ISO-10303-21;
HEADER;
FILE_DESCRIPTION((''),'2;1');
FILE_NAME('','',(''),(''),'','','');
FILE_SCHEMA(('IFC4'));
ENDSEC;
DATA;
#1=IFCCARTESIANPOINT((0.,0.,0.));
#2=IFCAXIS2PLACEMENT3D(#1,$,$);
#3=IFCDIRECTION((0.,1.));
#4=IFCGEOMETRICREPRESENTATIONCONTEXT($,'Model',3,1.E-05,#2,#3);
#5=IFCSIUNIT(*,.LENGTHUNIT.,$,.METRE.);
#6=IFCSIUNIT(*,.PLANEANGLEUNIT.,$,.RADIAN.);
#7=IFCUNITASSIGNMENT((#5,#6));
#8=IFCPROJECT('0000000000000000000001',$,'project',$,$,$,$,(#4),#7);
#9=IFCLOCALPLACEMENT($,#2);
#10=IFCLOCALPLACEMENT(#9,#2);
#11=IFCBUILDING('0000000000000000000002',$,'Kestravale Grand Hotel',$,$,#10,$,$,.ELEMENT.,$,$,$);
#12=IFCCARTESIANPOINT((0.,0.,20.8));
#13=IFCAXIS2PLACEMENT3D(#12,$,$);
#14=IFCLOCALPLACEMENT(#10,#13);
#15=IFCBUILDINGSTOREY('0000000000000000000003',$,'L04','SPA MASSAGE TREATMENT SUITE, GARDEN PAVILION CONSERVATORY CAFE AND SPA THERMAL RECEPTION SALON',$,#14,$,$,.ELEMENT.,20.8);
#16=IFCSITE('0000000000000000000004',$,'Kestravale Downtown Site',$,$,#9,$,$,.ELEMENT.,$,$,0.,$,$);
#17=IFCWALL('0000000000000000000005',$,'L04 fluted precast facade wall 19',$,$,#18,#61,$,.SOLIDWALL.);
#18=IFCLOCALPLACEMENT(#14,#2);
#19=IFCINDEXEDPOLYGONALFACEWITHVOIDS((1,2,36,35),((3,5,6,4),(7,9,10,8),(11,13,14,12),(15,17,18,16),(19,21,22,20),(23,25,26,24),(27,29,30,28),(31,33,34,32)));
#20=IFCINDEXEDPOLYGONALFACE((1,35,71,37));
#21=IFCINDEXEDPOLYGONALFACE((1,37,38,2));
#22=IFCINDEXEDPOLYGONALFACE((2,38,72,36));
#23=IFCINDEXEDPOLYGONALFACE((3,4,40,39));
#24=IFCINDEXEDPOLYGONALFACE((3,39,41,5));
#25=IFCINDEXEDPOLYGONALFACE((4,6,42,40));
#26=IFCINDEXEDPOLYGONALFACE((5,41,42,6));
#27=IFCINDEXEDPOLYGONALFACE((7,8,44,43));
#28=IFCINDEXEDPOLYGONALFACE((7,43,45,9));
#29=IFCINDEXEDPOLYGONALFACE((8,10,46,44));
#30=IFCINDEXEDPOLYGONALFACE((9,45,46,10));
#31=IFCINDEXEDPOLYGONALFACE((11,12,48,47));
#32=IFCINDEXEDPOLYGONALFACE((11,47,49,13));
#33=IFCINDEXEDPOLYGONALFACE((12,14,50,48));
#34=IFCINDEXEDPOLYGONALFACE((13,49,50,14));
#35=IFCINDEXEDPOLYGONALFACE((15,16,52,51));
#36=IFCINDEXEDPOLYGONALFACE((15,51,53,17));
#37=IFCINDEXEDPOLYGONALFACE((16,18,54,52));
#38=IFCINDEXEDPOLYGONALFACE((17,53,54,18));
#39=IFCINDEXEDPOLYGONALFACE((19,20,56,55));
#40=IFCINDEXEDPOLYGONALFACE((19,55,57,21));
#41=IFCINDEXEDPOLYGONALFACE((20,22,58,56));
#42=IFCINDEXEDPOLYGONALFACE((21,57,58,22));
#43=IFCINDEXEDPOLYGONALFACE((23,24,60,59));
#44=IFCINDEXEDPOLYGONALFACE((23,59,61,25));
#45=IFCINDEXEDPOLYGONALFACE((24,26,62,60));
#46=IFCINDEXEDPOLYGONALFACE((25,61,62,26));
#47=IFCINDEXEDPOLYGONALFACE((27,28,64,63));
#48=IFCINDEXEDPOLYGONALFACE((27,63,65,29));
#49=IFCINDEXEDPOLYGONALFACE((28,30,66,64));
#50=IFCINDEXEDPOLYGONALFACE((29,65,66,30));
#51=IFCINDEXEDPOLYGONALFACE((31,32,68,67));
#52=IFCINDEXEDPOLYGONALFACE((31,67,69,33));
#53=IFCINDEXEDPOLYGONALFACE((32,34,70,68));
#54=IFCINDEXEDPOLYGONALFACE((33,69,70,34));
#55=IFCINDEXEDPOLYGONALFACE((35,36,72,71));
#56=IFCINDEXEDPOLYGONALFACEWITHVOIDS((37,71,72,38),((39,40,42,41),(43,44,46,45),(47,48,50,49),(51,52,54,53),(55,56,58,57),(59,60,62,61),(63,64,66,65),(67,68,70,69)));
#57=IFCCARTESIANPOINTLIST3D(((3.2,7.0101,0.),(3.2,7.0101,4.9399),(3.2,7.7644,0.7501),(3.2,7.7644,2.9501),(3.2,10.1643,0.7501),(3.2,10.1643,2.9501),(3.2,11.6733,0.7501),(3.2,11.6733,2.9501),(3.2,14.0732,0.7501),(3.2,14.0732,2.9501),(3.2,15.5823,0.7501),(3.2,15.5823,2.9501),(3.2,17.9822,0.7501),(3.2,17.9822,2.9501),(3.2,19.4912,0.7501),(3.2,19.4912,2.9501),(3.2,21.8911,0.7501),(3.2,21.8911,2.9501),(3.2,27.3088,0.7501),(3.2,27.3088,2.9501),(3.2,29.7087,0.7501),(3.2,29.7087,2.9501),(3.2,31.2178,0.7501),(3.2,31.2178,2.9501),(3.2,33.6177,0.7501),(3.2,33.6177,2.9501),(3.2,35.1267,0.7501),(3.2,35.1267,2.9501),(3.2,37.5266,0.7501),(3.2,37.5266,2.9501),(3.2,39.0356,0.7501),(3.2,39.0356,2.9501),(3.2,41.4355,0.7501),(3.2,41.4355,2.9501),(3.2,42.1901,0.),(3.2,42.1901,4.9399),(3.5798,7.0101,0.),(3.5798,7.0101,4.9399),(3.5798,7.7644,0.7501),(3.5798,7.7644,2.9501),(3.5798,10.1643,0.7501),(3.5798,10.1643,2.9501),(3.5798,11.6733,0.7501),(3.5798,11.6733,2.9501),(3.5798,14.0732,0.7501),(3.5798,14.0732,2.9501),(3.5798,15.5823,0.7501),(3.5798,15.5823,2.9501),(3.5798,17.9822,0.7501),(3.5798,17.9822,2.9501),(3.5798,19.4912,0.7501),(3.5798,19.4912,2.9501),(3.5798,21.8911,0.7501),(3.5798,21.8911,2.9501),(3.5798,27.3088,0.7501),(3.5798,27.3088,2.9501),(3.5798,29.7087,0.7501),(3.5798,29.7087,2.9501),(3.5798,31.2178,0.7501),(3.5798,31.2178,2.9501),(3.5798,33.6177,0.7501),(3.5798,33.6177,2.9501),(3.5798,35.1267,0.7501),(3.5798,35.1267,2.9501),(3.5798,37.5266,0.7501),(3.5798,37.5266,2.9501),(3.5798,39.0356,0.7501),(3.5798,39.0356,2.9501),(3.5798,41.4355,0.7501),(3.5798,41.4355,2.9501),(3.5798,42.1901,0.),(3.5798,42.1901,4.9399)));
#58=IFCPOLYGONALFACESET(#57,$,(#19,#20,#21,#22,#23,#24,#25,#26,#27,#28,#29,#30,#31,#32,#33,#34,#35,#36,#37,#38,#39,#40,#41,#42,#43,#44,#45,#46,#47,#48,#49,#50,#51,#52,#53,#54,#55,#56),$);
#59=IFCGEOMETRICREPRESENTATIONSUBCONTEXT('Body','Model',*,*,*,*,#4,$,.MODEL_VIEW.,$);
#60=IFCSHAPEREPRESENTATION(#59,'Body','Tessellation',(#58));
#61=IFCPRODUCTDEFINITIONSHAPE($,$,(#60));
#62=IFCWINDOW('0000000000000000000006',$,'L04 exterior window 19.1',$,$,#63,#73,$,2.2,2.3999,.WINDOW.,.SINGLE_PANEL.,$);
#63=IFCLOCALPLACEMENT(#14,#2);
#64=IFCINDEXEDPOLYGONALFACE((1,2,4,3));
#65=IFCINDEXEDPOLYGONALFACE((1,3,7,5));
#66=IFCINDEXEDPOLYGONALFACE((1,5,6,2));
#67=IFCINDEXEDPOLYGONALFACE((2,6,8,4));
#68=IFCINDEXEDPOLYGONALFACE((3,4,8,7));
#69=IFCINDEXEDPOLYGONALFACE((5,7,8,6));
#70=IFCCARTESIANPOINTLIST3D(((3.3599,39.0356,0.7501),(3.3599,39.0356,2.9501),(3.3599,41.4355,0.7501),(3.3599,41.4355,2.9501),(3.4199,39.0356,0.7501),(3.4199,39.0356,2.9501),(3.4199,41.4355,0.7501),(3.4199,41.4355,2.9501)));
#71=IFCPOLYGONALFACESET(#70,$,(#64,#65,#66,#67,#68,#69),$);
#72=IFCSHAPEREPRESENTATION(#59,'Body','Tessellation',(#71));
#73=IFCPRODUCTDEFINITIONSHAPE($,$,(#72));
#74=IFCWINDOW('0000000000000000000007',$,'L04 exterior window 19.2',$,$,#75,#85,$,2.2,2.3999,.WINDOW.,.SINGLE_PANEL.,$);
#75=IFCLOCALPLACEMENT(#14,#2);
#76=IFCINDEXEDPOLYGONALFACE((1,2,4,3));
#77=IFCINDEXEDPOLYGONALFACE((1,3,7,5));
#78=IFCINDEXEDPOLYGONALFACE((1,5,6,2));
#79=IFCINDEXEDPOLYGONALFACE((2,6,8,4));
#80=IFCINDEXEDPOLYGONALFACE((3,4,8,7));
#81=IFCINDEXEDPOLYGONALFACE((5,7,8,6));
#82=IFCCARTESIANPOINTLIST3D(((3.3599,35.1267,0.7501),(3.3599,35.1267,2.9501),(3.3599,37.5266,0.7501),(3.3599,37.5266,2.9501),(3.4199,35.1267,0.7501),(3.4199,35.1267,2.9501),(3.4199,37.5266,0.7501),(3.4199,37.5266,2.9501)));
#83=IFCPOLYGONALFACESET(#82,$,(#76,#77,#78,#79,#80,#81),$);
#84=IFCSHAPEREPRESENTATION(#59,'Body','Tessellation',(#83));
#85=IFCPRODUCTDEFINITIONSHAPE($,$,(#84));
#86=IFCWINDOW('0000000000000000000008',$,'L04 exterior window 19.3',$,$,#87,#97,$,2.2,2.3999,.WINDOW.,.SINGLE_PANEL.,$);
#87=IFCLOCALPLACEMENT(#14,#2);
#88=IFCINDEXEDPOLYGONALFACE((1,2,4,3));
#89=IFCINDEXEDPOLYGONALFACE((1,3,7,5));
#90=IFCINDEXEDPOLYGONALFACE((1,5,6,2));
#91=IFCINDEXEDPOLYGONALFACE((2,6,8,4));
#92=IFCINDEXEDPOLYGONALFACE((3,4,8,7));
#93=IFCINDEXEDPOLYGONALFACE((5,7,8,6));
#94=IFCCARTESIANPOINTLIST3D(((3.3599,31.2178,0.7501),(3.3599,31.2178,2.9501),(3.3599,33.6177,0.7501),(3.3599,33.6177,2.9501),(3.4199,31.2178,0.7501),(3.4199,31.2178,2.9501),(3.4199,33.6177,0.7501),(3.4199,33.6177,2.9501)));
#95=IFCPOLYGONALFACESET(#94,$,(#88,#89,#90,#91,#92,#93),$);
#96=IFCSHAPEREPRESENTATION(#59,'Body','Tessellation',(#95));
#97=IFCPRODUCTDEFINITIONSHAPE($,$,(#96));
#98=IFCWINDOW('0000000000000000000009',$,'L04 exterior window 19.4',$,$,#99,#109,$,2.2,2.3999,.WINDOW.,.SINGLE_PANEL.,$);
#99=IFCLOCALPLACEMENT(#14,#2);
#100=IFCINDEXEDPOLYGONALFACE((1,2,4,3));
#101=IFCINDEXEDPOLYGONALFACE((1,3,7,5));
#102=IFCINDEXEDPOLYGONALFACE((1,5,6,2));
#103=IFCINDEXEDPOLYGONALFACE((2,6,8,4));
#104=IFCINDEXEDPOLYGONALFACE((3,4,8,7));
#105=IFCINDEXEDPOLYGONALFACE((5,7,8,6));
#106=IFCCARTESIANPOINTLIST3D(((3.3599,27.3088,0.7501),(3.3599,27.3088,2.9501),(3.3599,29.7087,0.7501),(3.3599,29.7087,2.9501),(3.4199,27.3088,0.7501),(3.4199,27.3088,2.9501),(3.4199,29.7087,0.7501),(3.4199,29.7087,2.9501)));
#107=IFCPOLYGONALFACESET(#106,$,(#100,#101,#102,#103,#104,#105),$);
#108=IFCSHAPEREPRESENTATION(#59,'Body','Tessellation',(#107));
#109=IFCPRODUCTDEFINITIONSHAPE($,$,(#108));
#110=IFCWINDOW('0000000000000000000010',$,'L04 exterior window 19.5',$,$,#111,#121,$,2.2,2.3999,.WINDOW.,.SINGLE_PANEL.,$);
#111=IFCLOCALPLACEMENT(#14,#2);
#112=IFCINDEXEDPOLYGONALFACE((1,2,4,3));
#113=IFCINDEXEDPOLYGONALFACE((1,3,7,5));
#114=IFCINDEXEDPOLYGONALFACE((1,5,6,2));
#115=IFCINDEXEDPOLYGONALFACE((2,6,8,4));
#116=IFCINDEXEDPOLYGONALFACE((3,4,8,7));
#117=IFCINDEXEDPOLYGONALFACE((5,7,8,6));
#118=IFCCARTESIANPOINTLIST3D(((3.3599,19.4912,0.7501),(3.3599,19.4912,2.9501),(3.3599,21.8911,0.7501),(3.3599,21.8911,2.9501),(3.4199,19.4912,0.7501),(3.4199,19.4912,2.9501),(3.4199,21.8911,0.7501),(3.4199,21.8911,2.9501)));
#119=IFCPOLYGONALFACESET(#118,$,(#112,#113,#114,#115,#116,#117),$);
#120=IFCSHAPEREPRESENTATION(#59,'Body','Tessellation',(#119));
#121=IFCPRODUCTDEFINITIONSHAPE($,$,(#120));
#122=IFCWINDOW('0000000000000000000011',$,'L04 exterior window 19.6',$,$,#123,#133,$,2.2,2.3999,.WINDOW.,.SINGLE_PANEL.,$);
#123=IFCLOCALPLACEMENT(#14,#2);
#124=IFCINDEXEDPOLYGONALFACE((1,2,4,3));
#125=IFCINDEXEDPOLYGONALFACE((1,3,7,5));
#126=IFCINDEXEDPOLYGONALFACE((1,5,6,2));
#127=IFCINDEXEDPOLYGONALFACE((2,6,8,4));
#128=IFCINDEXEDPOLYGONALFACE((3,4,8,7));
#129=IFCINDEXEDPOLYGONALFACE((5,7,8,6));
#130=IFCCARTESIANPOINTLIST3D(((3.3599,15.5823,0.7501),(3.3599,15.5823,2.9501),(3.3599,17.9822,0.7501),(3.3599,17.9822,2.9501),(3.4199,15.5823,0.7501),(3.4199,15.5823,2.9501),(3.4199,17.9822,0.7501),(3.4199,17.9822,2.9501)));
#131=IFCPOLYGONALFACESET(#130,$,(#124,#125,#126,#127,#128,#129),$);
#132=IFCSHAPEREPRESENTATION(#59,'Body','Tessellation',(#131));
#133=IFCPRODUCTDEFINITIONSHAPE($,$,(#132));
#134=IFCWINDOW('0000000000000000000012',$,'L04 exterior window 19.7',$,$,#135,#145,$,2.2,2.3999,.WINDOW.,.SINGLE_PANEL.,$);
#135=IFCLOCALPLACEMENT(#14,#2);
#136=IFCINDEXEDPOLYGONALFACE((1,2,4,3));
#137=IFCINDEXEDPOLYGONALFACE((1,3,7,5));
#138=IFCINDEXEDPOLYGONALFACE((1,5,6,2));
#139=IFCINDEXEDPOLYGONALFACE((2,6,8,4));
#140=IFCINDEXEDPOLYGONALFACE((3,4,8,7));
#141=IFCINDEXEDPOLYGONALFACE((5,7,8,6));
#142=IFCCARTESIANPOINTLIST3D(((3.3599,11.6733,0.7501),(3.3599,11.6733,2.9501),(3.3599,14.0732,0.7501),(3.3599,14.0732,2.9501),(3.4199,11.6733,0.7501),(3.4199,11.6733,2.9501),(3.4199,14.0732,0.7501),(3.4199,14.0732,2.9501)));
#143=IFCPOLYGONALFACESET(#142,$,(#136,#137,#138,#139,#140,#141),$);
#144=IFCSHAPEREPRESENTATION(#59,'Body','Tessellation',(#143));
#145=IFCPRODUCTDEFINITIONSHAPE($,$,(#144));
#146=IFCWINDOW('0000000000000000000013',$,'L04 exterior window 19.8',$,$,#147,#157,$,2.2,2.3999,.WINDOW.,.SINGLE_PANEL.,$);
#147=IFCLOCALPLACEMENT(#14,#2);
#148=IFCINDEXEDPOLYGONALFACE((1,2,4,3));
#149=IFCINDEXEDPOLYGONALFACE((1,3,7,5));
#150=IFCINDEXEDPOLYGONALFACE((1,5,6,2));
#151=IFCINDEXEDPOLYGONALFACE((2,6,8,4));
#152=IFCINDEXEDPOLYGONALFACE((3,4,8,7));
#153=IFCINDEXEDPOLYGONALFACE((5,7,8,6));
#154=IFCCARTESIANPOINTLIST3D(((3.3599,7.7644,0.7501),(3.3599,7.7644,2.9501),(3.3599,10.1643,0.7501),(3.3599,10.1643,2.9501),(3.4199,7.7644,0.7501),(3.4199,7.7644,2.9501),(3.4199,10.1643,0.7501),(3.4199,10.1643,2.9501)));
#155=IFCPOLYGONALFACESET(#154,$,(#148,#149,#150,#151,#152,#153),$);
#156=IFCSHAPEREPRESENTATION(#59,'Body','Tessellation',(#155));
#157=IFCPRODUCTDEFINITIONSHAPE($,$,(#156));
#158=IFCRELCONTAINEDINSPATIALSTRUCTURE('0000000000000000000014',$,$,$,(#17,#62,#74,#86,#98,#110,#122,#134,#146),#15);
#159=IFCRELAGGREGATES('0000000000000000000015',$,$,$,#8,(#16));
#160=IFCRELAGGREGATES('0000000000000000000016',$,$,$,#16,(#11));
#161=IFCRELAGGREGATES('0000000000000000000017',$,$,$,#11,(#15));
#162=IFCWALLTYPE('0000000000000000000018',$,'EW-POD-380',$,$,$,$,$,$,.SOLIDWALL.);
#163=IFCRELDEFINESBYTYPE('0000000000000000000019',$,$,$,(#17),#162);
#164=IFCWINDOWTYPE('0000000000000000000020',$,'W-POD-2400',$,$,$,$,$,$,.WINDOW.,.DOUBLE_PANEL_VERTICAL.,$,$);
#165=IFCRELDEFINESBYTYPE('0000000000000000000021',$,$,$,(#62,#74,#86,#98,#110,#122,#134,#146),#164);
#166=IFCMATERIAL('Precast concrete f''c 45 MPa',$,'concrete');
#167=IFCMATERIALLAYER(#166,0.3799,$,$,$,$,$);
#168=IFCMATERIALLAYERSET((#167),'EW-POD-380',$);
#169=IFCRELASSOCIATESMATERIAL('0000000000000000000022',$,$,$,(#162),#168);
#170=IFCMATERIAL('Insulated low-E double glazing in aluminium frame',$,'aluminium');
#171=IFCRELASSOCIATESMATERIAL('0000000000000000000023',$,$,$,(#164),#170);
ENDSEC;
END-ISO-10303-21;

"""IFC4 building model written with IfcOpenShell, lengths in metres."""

from ifc_helpers import new_model, si_unit, direction, frame, frame_2d, origin, place, context, subcontext, project, spatial, rectangle, extrude, material, layer, layer_set, type_object, element, fill, save


model = new_model("IFC4")

# Units and contexts
model_context = context("Model", 3, precision=1e-05, world=origin(), true_north=direction((0.0, 1.0)))
body_context = subcontext(model_context, "Body", "Model", "MODEL_VIEW")
ifc_project = project(units=[si_unit("LENGTHUNIT", "METRE"), si_unit("PLANEANGLEUNIT", "RADIAN")], contexts=[model_context])

# Site, building, storey
site_placement = place(None, origin())
site = spatial("IfcSite", under=ifc_project, at=site_placement, Name="Kestravale Downtown Site", CompositionType="ELEMENT", RefElevation=0.0)
building_placement = place(site_placement, origin())
building = spatial("IfcBuilding", under=site, at=building_placement, Name="Kestravale Grand Hotel", CompositionType="ELEMENT")
storey_placement = place(building_placement, frame((0.0, 0.0, 20.8)))
storey = spatial("IfcBuildingStorey", under=building, at=storey_placement, Name="L04", Description="SPA MASSAGE TREATMENT SUITE, GARDEN PAVILION CONSERVATORY CAFE AND SPA THERMAL RECEPTION SALON", CompositionType="ELEMENT", Elevation=20.8)

# Wall, openings, windows
ifc_material_1 = material(Name="Precast concrete f'c 45 MPa", Category="concrete")
ifc_layer_1 = layer(ifc_material_1, 0.3799)
ifc_layer_set_1 = layer_set([ifc_layer_1], Name="EW-POD-380")
wall_type = type_object("IfcWallType", Name="EW-POD-380", PredefinedType="SOLIDWALL", material=ifc_layer_set_1)
wall_placement = place(storey_placement, frame((3.3899, 42.1899, 0.0), z_axis=(0.0, 0.0, 1.0), x_axis=(0.0, -1.0, 0.0)))
wall = element("IfcWall", 1, at=wall_placement, inside=storey, type_object=wall_type, Name="L04 fluted precast facade wall 19", PredefinedType="SOLIDWALL", context=body_context, shape_type="SweptSolid", body=[
    extrude(rectangle(XDim=35.1799, YDim=0.3799, at=frame_2d((17.5898, 0.0))), origin(), (0.0, 0.0, 1.0), 4.9399),
])
opening_1_placement = place(wall_placement, frame((0.7544, 0.0, 0.75)))
opening_1 = element("IfcOpeningElement", 2, at=opening_1_placement, cuts=wall, PredefinedType="OPENING", context=body_context, shape_type="SweptSolid", body=[
    extrude(rectangle(XDim=2.3999, YDim=2.2, at=frame_2d((1.2, 1.1001))), frame((0.0, 0.2, 0.0), z_axis=(0.0, -1.0, 0.0), x_axis=(1.0, 0.0, 0.0)), (0.0, 0.0, 1.0), 0.3999),
])
opening_2_placement = place(wall_placement, frame((4.6633, 0.0, 0.75)))
opening_2 = element("IfcOpeningElement", 3, at=opening_2_placement, cuts=wall, PredefinedType="OPENING", context=body_context, shape_type="SweptSolid", body=[
    extrude(rectangle(XDim=2.3999, YDim=2.2, at=frame_2d((1.2, 1.1001))), frame((0.0, 0.2, 0.0), z_axis=(0.0, -1.0, 0.0), x_axis=(1.0, 0.0, 0.0)), (0.0, 0.0, 1.0), 0.3999),
])
opening_3_placement = place(wall_placement, frame((8.5723, 0.0, 0.75)))
opening_3 = element("IfcOpeningElement", 4, at=opening_3_placement, cuts=wall, PredefinedType="OPENING", context=body_context, shape_type="SweptSolid", body=[
    extrude(rectangle(XDim=2.3999, YDim=2.2, at=frame_2d((1.2, 1.1001))), frame((0.0, 0.2, 0.0), z_axis=(0.0, -1.0, 0.0), x_axis=(1.0, 0.0, 0.0)), (0.0, 0.0, 1.0), 0.3999),
])
opening_4_placement = place(wall_placement, frame((12.4812, 0.0, 0.75)))
opening_4 = element("IfcOpeningElement", 5, at=opening_4_placement, cuts=wall, PredefinedType="OPENING", context=body_context, shape_type="SweptSolid", body=[
    extrude(rectangle(XDim=2.3999, YDim=2.2, at=frame_2d((1.2, 1.1001))), frame((0.0, 0.2, 0.0), z_axis=(0.0, -1.0, 0.0), x_axis=(1.0, 0.0, 0.0)), (0.0, 0.0, 1.0), 0.3999),
])
opening_5_placement = place(wall_placement, frame((20.2988, 0.0, 0.75)))
opening_5 = element("IfcOpeningElement", 6, at=opening_5_placement, cuts=wall, PredefinedType="OPENING", context=body_context, shape_type="SweptSolid", body=[
    extrude(rectangle(XDim=2.3999, YDim=2.2, at=frame_2d((1.2, 1.1001))), frame((0.0, 0.2, 0.0), z_axis=(0.0, -1.0, 0.0), x_axis=(1.0, 0.0, 0.0)), (0.0, 0.0, 1.0), 0.3999),
])
opening_6_placement = place(wall_placement, frame((24.2078, 0.0, 0.75)))
opening_6 = element("IfcOpeningElement", 7, at=opening_6_placement, cuts=wall, PredefinedType="OPENING", context=body_context, shape_type="SweptSolid", body=[
    extrude(rectangle(XDim=2.3999, YDim=2.2, at=frame_2d((1.2, 1.1001))), frame((0.0, 0.2, 0.0), z_axis=(0.0, -1.0, 0.0), x_axis=(1.0, 0.0, 0.0)), (0.0, 0.0, 1.0), 0.3999),
])
opening_7_placement = place(wall_placement, frame((28.1167, 0.0, 0.75)))
opening_7 = element("IfcOpeningElement", 8, at=opening_7_placement, cuts=wall, PredefinedType="OPENING", context=body_context, shape_type="SweptSolid", body=[
    extrude(rectangle(XDim=2.3999, YDim=2.2, at=frame_2d((1.2, 1.1001))), frame((0.0, 0.2, 0.0), z_axis=(0.0, -1.0, 0.0), x_axis=(1.0, 0.0, 0.0)), (0.0, 0.0, 1.0), 0.3999),
])
opening_8_placement = place(wall_placement, frame((32.0256, 0.0, 0.75)))
opening_8 = element("IfcOpeningElement", 9, at=opening_8_placement, cuts=wall, PredefinedType="OPENING", context=body_context, shape_type="SweptSolid", body=[
    extrude(rectangle(XDim=2.3999, YDim=2.2, at=frame_2d((1.2, 1.1001))), frame((0.0, 0.2, 0.0), z_axis=(0.0, -1.0, 0.0), x_axis=(1.0, 0.0, 0.0)), (0.0, 0.0, 1.0), 0.3999),
])
ifc_material_2 = material(Name="Insulated low-E double glazing in aluminium frame", Category="aluminium")
window_type = type_object("IfcWindowType", Name="W-POD-2400", PartitioningType="DOUBLE_PANEL_VERTICAL", PredefinedType="WINDOW", material=ifc_material_2)
window_1_placement = place(opening_1_placement, origin())
window_1 = element("IfcWindow", 10, at=window_1_placement, inside=storey, type_object=window_type, Name="L04 exterior window 19.1", OverallHeight=2.2, OverallWidth=2.3999, PartitioningType="SINGLE_PANEL", PredefinedType="WINDOW", context=body_context, shape_type="SweptSolid", body=[
    extrude(rectangle(XDim=2.3999, YDim=2.2, at=frame_2d((1.2, 1.1001))), frame((0.0, 0.03, 0.0), z_axis=(0.0, -1.0, 0.0), x_axis=(1.0, 0.0, 0.0)), (0.0, 0.0, 1.0), 0.0601),
])
fill(opening_1, window_1)
window_2_placement = place(opening_2_placement, origin())
window_2 = element("IfcWindow", 11, at=window_2_placement, inside=storey, type_object=window_type, Name="L04 exterior window 19.2", OverallHeight=2.2, OverallWidth=2.3999, PartitioningType="SINGLE_PANEL", PredefinedType="WINDOW", context=body_context, shape_type="SweptSolid", body=[
    extrude(rectangle(XDim=2.3999, YDim=2.2, at=frame_2d((1.2, 1.1001))), frame((0.0, 0.03, 0.0), z_axis=(0.0, -1.0, 0.0), x_axis=(1.0, 0.0, 0.0)), (0.0, 0.0, 1.0), 0.0601),
])
fill(opening_2, window_2)
window_3_placement = place(opening_3_placement, origin())
window_3 = element("IfcWindow", 12, at=window_3_placement, inside=storey, type_object=window_type, Name="L04 exterior window 19.3", OverallHeight=2.2, OverallWidth=2.3999, PartitioningType="SINGLE_PANEL", PredefinedType="WINDOW", context=body_context, shape_type="SweptSolid", body=[
    extrude(rectangle(XDim=2.3999, YDim=2.2, at=frame_2d((1.2, 1.1001))), frame((0.0, 0.03, 0.0), z_axis=(0.0, -1.0, 0.0), x_axis=(1.0, 0.0, 0.0)), (0.0, 0.0, 1.0), 0.0601),
])
fill(opening_3, window_3)
window_4_placement = place(opening_4_placement, origin())
window_4 = element("IfcWindow", 13, at=window_4_placement, inside=storey, type_object=window_type, Name="L04 exterior window 19.4", OverallHeight=2.2, OverallWidth=2.3999, PartitioningType="SINGLE_PANEL", PredefinedType="WINDOW", context=body_context, shape_type="SweptSolid", body=[
    extrude(rectangle(XDim=2.3999, YDim=2.2, at=frame_2d((1.2, 1.1001))), frame((0.0, 0.03, 0.0), z_axis=(0.0, -1.0, 0.0), x_axis=(1.0, 0.0, 0.0)), (0.0, 0.0, 1.0), 0.0601),
])
fill(opening_4, window_4)
window_5_placement = place(opening_5_placement, origin())
window_5 = element("IfcWindow", 14, at=window_5_placement, inside=storey, type_object=window_type, Name="L04 exterior window 19.5", OverallHeight=2.2, OverallWidth=2.3999, PartitioningType="SINGLE_PANEL", PredefinedType="WINDOW", context=body_context, shape_type="SweptSolid", body=[
    extrude(rectangle(XDim=2.3999, YDim=2.2, at=frame_2d((1.2, 1.1001))), frame((0.0, 0.03, 0.0), z_axis=(0.0, -1.0, 0.0), x_axis=(1.0, 0.0, 0.0)), (0.0, 0.0, 1.0), 0.0601),
])
fill(opening_5, window_5)
window_6_placement = place(opening_6_placement, origin())
window_6 = element("IfcWindow", 15, at=window_6_placement, inside=storey, type_object=window_type, Name="L04 exterior window 19.6", OverallHeight=2.2, OverallWidth=2.3999, PartitioningType="SINGLE_PANEL", PredefinedType="WINDOW", context=body_context, shape_type="SweptSolid", body=[
    extrude(rectangle(XDim=2.3999, YDim=2.2, at=frame_2d((1.2, 1.1001))), frame((0.0, 0.03, 0.0), z_axis=(0.0, -1.0, 0.0), x_axis=(1.0, 0.0, 0.0)), (0.0, 0.0, 1.0), 0.0601),
])
fill(opening_6, window_6)
window_7_placement = place(opening_7_placement, origin())
window_7 = element("IfcWindow", 16, at=window_7_placement, inside=storey, type_object=window_type, Name="L04 exterior window 19.7", OverallHeight=2.2, OverallWidth=2.3999, PartitioningType="SINGLE_PANEL", PredefinedType="WINDOW", context=body_context, shape_type="SweptSolid", body=[
    extrude(rectangle(XDim=2.3999, YDim=2.2, at=frame_2d((1.2, 1.1001))), frame((0.0, 0.03, 0.0), z_axis=(0.0, -1.0, 0.0), x_axis=(1.0, 0.0, 0.0)), (0.0, 0.0, 1.0), 0.0601),
])
fill(opening_7, window_7)
window_8_placement = place(opening_8_placement, origin())
window_8 = element("IfcWindow", 17, at=window_8_placement, inside=storey, type_object=window_type, Name="L04 exterior window 19.8", OverallHeight=2.2, OverallWidth=2.3999, PartitioningType="SINGLE_PANEL", PredefinedType="WINDOW", context=body_context, shape_type="SweptSolid", body=[
    extrude(rectangle(XDim=2.3999, YDim=2.2, at=frame_2d((1.2, 1.1001))), frame((0.0, 0.03, 0.0), z_axis=(0.0, -1.0, 0.0), x_axis=(1.0, 0.0, 0.0)), (0.0, 0.0, 1.0), 0.0601),
])
fill(opening_8, window_8)

save(model, "model.ifc")
